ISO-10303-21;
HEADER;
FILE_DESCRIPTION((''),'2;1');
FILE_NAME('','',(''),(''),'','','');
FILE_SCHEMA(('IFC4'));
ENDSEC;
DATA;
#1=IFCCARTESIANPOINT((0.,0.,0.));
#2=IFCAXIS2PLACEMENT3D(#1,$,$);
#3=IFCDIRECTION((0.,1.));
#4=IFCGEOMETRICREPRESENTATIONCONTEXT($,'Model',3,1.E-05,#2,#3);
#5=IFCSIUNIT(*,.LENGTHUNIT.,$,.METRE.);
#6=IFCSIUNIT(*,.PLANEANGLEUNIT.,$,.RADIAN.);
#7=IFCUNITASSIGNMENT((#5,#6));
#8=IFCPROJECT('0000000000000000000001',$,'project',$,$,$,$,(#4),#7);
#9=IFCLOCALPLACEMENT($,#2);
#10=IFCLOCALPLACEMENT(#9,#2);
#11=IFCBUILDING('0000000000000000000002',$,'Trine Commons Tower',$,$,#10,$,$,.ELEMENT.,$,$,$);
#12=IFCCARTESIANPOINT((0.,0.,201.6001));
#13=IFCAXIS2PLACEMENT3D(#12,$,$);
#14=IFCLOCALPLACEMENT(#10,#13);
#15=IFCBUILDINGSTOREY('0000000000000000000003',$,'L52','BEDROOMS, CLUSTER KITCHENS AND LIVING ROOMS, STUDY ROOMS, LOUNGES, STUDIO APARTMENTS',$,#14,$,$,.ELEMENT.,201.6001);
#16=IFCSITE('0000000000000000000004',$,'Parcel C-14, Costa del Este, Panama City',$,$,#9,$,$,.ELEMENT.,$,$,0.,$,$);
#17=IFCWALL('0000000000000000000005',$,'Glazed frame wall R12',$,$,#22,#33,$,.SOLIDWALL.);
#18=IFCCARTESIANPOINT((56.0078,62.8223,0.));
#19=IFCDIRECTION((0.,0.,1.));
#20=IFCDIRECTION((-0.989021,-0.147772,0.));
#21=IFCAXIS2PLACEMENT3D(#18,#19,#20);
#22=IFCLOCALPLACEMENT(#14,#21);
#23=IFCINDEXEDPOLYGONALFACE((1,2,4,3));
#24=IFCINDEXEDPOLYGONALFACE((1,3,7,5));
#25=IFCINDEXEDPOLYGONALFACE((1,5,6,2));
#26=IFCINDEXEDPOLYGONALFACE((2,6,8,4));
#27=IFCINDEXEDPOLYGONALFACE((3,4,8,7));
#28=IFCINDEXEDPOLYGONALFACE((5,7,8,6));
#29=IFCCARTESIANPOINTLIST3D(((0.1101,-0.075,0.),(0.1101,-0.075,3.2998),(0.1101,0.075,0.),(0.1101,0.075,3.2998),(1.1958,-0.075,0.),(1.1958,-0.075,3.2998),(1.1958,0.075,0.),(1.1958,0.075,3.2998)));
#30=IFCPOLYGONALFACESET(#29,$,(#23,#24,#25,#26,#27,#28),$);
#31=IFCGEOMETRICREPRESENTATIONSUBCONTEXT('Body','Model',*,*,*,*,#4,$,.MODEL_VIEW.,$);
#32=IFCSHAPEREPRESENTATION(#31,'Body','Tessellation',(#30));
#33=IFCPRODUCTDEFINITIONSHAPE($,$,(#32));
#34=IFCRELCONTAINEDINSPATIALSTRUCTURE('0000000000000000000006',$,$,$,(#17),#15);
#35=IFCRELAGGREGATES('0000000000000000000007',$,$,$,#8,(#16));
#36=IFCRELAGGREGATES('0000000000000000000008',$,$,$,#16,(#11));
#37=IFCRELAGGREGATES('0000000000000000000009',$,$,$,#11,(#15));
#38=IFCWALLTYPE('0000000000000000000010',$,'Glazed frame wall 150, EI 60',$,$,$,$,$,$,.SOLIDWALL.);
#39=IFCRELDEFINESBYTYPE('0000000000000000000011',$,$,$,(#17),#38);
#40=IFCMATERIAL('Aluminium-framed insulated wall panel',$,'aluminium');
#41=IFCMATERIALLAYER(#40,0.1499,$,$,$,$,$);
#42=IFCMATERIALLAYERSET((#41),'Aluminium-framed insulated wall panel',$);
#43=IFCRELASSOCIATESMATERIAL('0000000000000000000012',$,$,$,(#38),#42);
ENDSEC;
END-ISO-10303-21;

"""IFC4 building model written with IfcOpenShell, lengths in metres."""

from ifc_helpers import new_model, si_unit, direction, frame, origin, place, context, subcontext, project, spatial, polyline, outline, extrude, material, layer, layer_set, type_object, element, save


model = new_model("IFC4")

# Units and contexts
model_context = context("Model", 3, precision=1e-05, world=origin(), true_north=direction((0.0, 1.0)))
body_context = subcontext(model_context, "Body", "Model", "MODEL_VIEW")
ifc_project = project(units=[si_unit("LENGTHUNIT", "METRE"), si_unit("PLANEANGLEUNIT", "RADIAN")], contexts=[model_context])

# Site, building, storey
site_placement = place(None, origin())
site = spatial("IfcSite", under=ifc_project, at=site_placement, Name="Parcel C-14, Costa del Este, Panama City", CompositionType="ELEMENT", RefElevation=0.0)
building_placement = place(site_placement, origin())
building = spatial("IfcBuilding", under=site, at=building_placement, Name="Trine Commons Tower", CompositionType="ELEMENT")
storey_placement = place(building_placement, frame((0.0, 0.0, 201.6001)))
storey = spatial("IfcBuildingStorey", under=building, at=storey_placement, Name="L52", Description="BEDROOMS, CLUSTER KITCHENS AND LIVING ROOMS, STUDY ROOMS, LOUNGES, STUDIO APARTMENTS", CompositionType="ELEMENT", Elevation=201.6001)

# Shared definitions
ifc_material_1 = material(Name="Aluminium-framed insulated wall panel", Category="aluminium")
ifc_layer_1 = layer(ifc_material_1, 0.1499)
ifc_layer_set_1 = layer_set([ifc_layer_1], Name="Aluminium-framed insulated wall panel")
wall_type_1 = type_object("IfcWallType", Name="Glazed frame wall 150, EI 60", PredefinedType="SOLIDWALL", material=ifc_layer_set_1)

# Wall
wall_1_placement = place(storey_placement, frame((56.0078, 62.8223, 0.0), z_axis=(0.0, 0.0, 1.0), x_axis=(-0.989021, -0.147772, 0.0)))
element("IfcWall", 1, at=wall_1_placement, inside=storey, type_object=wall_type_1, Name="Glazed frame wall R12", PredefinedType="SOLIDWALL", context=body_context, shape_type="SweptSolid", body=[
    extrude(outline(polyline([(0.1101, 0.075), (0.1101, -0.075), (1.1958, -0.075), (1.1958, 0.075), (0.1101, 0.075)])), origin(), (0.0, 0.0, 1.0), 3.2998),
])

save(model, "model.ifc")
